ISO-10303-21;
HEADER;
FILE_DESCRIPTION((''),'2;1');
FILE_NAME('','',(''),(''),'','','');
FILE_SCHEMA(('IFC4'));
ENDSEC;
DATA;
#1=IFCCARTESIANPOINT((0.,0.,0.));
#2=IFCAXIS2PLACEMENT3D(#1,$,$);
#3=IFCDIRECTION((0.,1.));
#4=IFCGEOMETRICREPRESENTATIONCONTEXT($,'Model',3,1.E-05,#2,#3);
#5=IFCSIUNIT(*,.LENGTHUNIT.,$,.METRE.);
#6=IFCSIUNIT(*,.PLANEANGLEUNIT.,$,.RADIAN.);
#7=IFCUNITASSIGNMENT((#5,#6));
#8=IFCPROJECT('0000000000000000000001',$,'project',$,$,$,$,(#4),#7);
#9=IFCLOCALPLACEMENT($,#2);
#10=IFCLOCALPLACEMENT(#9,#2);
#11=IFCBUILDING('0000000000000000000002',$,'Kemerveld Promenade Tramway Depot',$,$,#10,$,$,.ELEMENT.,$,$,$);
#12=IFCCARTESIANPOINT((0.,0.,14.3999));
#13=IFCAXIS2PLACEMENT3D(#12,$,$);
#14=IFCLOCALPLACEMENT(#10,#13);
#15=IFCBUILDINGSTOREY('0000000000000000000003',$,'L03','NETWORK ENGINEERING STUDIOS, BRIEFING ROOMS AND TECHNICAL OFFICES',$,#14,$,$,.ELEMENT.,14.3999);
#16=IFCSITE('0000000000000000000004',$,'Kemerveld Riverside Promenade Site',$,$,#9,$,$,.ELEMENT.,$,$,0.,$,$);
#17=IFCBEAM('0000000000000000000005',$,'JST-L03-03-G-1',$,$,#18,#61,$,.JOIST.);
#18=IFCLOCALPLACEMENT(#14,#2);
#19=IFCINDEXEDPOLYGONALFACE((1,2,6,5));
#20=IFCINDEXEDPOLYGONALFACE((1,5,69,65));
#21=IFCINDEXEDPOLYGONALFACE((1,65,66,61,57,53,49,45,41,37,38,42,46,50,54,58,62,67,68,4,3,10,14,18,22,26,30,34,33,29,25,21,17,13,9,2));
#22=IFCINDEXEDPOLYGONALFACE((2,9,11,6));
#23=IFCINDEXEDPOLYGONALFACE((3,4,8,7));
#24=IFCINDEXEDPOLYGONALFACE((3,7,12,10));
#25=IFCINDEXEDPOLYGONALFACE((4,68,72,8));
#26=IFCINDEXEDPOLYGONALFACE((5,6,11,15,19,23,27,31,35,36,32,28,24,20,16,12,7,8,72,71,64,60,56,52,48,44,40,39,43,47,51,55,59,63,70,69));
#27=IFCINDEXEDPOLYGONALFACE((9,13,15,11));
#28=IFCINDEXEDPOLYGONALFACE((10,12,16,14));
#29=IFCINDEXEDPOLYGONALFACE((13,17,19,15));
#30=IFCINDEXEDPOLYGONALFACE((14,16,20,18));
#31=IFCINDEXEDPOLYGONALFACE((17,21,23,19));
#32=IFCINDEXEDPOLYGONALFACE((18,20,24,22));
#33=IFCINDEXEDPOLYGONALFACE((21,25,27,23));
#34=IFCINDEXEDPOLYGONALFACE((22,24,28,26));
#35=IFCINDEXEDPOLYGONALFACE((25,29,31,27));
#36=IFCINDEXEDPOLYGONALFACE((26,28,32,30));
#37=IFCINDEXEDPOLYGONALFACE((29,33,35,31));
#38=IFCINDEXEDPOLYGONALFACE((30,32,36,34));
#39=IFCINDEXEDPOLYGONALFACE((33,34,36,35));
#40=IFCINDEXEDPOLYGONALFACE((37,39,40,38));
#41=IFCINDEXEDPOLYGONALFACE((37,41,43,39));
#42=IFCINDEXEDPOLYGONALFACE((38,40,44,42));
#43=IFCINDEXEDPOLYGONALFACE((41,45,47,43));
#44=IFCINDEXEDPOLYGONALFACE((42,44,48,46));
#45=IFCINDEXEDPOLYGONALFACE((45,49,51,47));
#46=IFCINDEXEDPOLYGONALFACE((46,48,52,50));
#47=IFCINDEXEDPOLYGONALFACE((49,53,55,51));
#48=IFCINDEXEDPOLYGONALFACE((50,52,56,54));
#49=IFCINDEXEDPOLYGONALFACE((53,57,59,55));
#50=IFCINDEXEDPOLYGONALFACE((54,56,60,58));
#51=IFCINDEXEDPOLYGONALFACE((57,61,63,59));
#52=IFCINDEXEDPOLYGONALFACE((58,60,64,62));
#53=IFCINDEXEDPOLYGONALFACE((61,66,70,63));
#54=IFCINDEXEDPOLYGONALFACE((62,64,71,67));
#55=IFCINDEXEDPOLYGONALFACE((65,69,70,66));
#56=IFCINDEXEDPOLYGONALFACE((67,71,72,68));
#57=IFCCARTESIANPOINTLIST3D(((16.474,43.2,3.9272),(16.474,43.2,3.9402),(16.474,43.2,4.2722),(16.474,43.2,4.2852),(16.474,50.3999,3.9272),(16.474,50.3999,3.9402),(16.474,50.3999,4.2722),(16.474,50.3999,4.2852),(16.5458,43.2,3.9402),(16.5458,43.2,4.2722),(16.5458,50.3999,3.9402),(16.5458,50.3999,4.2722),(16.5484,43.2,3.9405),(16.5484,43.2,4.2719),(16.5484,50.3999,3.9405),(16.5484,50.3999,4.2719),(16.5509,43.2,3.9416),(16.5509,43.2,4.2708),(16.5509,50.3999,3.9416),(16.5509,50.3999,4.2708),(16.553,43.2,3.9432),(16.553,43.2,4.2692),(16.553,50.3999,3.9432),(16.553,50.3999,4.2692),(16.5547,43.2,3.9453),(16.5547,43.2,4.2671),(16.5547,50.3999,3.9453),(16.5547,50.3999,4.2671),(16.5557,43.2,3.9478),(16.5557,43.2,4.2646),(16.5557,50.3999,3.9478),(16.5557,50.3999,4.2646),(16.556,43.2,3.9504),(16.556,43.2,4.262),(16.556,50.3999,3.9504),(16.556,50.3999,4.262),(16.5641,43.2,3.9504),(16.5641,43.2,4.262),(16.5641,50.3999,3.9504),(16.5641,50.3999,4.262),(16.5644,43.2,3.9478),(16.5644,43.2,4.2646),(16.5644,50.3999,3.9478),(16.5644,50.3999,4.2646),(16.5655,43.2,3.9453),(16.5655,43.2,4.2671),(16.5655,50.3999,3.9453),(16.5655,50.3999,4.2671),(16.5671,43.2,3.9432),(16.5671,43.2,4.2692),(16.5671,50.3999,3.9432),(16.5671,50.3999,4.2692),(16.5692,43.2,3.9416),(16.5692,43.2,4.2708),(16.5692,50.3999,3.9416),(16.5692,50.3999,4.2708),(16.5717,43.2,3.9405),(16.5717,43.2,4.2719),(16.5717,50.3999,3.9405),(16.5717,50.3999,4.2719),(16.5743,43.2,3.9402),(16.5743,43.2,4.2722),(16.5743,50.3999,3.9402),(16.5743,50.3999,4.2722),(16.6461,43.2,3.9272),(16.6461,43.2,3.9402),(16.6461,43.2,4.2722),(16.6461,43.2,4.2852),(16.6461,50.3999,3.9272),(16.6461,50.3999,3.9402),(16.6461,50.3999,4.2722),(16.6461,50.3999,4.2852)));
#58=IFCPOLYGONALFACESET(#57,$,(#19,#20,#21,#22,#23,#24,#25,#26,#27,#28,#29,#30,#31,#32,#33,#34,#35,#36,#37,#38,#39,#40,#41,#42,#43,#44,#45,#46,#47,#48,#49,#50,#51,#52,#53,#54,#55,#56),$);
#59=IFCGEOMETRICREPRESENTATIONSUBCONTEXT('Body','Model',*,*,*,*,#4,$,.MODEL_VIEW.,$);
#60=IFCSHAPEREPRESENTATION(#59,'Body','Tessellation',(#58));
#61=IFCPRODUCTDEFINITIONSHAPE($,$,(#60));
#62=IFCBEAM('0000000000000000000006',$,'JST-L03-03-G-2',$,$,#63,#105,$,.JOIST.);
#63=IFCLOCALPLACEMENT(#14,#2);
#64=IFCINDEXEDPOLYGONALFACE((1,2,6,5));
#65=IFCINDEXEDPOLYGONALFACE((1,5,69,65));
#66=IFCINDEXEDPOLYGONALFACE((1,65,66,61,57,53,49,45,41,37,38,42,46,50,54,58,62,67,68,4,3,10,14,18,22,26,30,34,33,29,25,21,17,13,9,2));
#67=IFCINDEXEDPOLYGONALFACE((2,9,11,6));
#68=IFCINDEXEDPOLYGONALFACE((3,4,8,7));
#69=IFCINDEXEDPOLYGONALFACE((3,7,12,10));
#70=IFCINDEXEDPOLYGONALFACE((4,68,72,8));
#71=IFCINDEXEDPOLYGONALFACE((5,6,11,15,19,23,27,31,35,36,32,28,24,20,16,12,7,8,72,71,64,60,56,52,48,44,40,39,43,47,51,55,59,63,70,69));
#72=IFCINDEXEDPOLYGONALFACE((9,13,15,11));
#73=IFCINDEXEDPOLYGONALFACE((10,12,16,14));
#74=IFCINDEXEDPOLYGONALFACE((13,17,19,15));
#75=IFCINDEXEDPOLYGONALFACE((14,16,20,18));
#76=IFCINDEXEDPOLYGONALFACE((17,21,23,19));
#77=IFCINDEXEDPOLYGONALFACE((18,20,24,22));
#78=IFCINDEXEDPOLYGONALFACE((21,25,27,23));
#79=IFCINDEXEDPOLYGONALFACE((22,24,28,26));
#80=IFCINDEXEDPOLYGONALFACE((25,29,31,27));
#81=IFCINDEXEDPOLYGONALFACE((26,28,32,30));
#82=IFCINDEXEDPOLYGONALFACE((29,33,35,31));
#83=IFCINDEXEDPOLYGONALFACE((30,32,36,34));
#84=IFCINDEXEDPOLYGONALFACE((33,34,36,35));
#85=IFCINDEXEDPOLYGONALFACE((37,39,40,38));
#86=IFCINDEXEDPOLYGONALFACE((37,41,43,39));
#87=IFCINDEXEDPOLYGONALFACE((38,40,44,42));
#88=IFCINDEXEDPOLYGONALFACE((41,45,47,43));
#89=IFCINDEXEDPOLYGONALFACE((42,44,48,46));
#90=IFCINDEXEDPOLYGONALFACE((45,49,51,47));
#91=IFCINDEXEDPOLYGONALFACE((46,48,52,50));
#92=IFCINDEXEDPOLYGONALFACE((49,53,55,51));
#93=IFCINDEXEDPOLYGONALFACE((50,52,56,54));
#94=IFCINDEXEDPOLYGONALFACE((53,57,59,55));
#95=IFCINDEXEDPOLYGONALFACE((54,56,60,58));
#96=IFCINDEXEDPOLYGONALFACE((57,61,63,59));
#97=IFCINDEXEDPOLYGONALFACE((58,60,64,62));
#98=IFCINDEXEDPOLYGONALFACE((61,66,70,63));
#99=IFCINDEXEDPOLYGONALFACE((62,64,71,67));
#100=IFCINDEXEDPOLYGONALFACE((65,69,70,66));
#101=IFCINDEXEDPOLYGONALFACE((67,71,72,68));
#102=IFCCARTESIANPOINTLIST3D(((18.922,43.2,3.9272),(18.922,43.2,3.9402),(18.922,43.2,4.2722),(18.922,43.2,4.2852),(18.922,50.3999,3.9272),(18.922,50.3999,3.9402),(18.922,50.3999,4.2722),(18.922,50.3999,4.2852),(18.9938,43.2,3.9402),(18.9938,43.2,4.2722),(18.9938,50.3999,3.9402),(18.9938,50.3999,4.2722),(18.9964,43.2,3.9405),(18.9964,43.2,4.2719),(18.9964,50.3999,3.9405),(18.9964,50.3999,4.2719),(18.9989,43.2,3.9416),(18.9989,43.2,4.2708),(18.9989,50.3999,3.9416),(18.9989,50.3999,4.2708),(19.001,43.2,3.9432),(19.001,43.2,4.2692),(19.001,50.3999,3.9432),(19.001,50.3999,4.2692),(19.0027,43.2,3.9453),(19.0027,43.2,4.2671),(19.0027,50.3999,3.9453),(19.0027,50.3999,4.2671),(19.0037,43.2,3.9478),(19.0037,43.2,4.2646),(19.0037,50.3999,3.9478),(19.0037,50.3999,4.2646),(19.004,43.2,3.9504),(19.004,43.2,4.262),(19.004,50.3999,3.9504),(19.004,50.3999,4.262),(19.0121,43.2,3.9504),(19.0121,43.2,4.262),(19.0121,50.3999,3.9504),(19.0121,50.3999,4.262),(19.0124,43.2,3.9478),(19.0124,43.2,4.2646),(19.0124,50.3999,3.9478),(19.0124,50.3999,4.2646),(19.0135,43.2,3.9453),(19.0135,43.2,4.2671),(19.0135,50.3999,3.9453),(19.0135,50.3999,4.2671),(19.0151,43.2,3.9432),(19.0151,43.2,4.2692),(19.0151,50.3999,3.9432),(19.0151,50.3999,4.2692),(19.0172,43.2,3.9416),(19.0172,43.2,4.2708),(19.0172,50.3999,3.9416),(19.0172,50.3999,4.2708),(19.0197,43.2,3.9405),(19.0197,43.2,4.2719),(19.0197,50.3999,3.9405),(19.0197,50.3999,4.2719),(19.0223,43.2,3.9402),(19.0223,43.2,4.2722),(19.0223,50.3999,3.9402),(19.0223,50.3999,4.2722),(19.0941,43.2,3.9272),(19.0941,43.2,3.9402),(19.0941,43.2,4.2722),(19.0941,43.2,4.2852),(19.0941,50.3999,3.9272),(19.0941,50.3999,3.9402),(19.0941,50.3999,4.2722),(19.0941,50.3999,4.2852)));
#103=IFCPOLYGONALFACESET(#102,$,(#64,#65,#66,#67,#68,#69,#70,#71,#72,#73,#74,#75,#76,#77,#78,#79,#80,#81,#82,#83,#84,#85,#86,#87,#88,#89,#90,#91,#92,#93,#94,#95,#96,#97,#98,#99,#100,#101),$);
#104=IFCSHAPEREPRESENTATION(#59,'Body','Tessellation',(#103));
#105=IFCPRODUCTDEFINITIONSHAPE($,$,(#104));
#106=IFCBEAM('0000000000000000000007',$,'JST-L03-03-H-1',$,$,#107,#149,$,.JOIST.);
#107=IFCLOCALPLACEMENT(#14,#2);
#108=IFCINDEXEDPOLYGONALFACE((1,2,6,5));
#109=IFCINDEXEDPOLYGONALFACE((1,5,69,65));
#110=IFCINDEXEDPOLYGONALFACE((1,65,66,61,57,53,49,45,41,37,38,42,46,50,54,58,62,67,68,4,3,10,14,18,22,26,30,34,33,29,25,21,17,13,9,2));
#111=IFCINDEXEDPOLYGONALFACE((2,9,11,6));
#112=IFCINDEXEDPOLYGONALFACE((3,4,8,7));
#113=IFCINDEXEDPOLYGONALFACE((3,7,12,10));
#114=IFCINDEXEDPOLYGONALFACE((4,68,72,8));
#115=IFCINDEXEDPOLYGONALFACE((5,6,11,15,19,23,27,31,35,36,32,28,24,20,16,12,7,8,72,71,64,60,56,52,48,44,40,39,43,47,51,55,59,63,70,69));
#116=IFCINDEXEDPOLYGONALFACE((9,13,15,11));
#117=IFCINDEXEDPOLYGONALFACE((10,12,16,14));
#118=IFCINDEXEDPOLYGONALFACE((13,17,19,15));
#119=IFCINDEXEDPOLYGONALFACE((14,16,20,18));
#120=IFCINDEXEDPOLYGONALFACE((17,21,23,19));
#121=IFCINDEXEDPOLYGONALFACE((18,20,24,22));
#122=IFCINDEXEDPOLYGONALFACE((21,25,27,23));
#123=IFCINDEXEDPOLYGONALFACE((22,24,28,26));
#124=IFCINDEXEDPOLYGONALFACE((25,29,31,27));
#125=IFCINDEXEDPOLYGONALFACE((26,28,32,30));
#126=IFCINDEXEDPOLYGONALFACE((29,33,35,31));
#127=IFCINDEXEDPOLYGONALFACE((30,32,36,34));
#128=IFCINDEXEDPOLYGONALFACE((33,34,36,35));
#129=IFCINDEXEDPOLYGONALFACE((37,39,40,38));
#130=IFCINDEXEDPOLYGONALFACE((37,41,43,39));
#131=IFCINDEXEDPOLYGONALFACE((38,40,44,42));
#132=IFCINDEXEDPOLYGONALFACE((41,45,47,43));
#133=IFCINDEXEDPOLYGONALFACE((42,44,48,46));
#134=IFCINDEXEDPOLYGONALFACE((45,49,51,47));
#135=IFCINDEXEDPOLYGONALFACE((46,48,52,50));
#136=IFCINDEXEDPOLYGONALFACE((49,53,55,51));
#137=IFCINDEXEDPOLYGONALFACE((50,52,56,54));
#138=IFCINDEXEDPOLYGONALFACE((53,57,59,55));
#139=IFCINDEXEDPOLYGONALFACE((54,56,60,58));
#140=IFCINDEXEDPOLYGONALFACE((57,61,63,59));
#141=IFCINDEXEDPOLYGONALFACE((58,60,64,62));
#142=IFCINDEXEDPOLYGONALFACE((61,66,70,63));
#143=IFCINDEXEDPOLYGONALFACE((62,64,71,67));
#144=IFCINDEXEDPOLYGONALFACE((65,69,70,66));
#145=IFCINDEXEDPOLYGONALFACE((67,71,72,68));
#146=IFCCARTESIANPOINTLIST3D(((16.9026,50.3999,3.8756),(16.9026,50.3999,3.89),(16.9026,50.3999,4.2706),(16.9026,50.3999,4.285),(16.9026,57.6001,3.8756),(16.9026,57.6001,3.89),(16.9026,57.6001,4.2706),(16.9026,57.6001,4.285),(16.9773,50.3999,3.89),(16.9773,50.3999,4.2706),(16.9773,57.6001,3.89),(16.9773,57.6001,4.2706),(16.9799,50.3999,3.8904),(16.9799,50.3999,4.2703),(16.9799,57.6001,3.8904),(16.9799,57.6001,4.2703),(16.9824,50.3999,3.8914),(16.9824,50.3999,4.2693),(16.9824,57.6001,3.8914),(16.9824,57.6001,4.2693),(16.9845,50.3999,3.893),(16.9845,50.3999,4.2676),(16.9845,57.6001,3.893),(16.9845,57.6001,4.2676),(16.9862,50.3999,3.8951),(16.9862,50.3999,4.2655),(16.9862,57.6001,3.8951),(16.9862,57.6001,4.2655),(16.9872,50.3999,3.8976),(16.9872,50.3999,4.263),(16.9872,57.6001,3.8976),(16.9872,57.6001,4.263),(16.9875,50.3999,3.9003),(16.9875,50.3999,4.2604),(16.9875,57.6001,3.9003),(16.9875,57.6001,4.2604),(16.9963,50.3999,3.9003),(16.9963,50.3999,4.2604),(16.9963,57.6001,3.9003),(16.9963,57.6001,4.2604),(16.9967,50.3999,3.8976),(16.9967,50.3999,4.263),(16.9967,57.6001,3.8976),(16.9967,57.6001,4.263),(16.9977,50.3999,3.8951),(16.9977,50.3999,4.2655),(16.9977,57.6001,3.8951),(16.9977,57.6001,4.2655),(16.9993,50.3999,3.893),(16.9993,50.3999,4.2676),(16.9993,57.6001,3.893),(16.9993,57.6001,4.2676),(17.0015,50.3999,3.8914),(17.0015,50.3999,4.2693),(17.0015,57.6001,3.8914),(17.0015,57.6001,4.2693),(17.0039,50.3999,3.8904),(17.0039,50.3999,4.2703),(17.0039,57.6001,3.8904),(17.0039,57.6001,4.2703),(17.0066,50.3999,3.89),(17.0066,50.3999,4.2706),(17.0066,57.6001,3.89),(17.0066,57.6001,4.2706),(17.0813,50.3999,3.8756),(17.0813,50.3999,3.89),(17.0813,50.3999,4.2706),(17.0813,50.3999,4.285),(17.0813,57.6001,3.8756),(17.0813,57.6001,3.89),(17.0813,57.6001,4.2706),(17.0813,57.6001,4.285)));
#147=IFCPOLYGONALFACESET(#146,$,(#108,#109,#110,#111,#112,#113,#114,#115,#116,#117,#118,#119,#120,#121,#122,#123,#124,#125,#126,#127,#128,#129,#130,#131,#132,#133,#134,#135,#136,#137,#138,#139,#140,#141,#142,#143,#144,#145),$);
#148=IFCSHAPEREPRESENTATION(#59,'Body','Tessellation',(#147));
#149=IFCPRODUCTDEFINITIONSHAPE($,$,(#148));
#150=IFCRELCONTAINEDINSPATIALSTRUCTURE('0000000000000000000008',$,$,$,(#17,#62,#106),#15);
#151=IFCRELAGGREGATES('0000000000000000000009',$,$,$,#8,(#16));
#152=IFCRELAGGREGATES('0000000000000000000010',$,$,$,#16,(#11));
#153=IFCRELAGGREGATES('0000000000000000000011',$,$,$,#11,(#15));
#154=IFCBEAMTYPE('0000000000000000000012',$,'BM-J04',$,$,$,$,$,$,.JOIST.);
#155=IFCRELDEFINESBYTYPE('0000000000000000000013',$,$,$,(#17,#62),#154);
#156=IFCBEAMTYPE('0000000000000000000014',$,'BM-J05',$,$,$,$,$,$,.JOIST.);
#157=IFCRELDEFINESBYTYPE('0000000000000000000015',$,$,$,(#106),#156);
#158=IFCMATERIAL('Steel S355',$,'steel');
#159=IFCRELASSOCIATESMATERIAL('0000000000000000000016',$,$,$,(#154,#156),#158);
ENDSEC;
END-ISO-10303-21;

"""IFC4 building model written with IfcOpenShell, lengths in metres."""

from ifc_helpers import new_model, si_unit, direction, frame, origin, origin_2d, place, context, subcontext, project, spatial, i_section, extrude, material, material_profile, profile_set, type_object, element, save


model = new_model("IFC4")

# Units and contexts
model_context = context("Model", 3, precision=1e-05, world=origin(), true_north=direction((0.0, 1.0)))
body_context = subcontext(model_context, "Body", "Model", "MODEL_VIEW")
ifc_project = project(units=[si_unit("LENGTHUNIT", "METRE"), si_unit("PLANEANGLEUNIT", "RADIAN")], contexts=[model_context])

# Site, building, storey
site_placement = place(None, origin())
site = spatial("IfcSite", under=ifc_project, at=site_placement, Name="Kemerveld Riverside Promenade Site", CompositionType="ELEMENT", RefElevation=0.0)
building_placement = place(site_placement, origin())
building = spatial("IfcBuilding", under=site, at=building_placement, Name="Kemerveld Promenade Tramway Depot", CompositionType="ELEMENT")
storey_placement = place(building_placement, frame((0.0, 0.0, 14.3999)))
storey = spatial("IfcBuildingStorey", under=building, at=storey_placement, Name="L03", Description="NETWORK ENGINEERING STUDIOS, BRIEFING ROOMS AND TECHNICAL OFFICES", CompositionType="ELEMENT", Elevation=14.3999)

# Shared definitions
ifc_material_1 = material(Name="Steel S355", Category="steel")

# Beams
ifc_material_profile_1 = material_profile(ifc_material_1, i_section(OverallWidth=0.1721, OverallDepth=0.3579, WebThickness=0.0081, FlangeThickness=0.0129, FilletRadius=0.0103, at=origin_2d()), Name="356x171x57 UB")
ifc_profile_set_1 = profile_set([ifc_material_profile_1], Name="Steel S355")
beam_type_1 = type_object("IfcBeamType", Name="BM-J04", PredefinedType="JOIST", material=ifc_profile_set_1)
for number, where, z_axis, x_axis, name in (
    (1, (16.5601, 43.2, 4.1062), (0.0, 1.0, 0.0), (-1.0, 0.0, 0.0), "JST-L03-03-G-1"),
    (2, (19.0081, 43.2, 4.1062), (0.0, 1.0, 0.0), (-1.0, 0.0, 0.0), "JST-L03-03-G-2"),
):
    element("IfcBeam", number, at=place(storey_placement, frame(where, z_axis=z_axis, x_axis=x_axis)), inside=storey, type_object=beam_type_1, Name=name, PredefinedType="JOIST", context=body_context, shape_type="SweptSolid", body=[
        extrude(i_section(OverallWidth=0.1721, OverallDepth=0.3579, WebThickness=0.0081, FlangeThickness=0.0129, FilletRadius=0.0103, at=origin_2d()), origin(), (0.0, 0.0, 1.0), 7.2),
    ])
ifc_material_profile_2 = material_profile(ifc_material_1, i_section(OverallWidth=0.1787, OverallDepth=0.4094, WebThickness=0.0088, FlangeThickness=0.0144, FilletRadius=0.0103, at=origin_2d()), Name="406x178x67 UB")
ifc_profile_set_2 = profile_set([ifc_material_profile_2], Name="Steel S355")
beam_type_2 = type_object("IfcBeamType", Name="BM-J05", PredefinedType="JOIST", material=ifc_profile_set_2)
beam_1_placement = place(storey_placement, frame((16.9919, 50.3999, 4.0803), z_axis=(0.0, 1.0, 0.0), x_axis=(-1.0, 0.0, 0.0)))
element("IfcBeam", 3, at=beam_1_placement, inside=storey, type_object=beam_type_2, Name="JST-L03-03-H-1", PredefinedType="JOIST", context=body_context, shape_type="SweptSolid", body=[
    extrude(i_section(OverallWidth=0.1787, OverallDepth=0.4094, WebThickness=0.0088, FlangeThickness=0.0144, FilletRadius=0.0103, at=origin_2d()), origin(), (0.0, 0.0, 1.0), 7.2002),
])

save(model, "model.ifc")
